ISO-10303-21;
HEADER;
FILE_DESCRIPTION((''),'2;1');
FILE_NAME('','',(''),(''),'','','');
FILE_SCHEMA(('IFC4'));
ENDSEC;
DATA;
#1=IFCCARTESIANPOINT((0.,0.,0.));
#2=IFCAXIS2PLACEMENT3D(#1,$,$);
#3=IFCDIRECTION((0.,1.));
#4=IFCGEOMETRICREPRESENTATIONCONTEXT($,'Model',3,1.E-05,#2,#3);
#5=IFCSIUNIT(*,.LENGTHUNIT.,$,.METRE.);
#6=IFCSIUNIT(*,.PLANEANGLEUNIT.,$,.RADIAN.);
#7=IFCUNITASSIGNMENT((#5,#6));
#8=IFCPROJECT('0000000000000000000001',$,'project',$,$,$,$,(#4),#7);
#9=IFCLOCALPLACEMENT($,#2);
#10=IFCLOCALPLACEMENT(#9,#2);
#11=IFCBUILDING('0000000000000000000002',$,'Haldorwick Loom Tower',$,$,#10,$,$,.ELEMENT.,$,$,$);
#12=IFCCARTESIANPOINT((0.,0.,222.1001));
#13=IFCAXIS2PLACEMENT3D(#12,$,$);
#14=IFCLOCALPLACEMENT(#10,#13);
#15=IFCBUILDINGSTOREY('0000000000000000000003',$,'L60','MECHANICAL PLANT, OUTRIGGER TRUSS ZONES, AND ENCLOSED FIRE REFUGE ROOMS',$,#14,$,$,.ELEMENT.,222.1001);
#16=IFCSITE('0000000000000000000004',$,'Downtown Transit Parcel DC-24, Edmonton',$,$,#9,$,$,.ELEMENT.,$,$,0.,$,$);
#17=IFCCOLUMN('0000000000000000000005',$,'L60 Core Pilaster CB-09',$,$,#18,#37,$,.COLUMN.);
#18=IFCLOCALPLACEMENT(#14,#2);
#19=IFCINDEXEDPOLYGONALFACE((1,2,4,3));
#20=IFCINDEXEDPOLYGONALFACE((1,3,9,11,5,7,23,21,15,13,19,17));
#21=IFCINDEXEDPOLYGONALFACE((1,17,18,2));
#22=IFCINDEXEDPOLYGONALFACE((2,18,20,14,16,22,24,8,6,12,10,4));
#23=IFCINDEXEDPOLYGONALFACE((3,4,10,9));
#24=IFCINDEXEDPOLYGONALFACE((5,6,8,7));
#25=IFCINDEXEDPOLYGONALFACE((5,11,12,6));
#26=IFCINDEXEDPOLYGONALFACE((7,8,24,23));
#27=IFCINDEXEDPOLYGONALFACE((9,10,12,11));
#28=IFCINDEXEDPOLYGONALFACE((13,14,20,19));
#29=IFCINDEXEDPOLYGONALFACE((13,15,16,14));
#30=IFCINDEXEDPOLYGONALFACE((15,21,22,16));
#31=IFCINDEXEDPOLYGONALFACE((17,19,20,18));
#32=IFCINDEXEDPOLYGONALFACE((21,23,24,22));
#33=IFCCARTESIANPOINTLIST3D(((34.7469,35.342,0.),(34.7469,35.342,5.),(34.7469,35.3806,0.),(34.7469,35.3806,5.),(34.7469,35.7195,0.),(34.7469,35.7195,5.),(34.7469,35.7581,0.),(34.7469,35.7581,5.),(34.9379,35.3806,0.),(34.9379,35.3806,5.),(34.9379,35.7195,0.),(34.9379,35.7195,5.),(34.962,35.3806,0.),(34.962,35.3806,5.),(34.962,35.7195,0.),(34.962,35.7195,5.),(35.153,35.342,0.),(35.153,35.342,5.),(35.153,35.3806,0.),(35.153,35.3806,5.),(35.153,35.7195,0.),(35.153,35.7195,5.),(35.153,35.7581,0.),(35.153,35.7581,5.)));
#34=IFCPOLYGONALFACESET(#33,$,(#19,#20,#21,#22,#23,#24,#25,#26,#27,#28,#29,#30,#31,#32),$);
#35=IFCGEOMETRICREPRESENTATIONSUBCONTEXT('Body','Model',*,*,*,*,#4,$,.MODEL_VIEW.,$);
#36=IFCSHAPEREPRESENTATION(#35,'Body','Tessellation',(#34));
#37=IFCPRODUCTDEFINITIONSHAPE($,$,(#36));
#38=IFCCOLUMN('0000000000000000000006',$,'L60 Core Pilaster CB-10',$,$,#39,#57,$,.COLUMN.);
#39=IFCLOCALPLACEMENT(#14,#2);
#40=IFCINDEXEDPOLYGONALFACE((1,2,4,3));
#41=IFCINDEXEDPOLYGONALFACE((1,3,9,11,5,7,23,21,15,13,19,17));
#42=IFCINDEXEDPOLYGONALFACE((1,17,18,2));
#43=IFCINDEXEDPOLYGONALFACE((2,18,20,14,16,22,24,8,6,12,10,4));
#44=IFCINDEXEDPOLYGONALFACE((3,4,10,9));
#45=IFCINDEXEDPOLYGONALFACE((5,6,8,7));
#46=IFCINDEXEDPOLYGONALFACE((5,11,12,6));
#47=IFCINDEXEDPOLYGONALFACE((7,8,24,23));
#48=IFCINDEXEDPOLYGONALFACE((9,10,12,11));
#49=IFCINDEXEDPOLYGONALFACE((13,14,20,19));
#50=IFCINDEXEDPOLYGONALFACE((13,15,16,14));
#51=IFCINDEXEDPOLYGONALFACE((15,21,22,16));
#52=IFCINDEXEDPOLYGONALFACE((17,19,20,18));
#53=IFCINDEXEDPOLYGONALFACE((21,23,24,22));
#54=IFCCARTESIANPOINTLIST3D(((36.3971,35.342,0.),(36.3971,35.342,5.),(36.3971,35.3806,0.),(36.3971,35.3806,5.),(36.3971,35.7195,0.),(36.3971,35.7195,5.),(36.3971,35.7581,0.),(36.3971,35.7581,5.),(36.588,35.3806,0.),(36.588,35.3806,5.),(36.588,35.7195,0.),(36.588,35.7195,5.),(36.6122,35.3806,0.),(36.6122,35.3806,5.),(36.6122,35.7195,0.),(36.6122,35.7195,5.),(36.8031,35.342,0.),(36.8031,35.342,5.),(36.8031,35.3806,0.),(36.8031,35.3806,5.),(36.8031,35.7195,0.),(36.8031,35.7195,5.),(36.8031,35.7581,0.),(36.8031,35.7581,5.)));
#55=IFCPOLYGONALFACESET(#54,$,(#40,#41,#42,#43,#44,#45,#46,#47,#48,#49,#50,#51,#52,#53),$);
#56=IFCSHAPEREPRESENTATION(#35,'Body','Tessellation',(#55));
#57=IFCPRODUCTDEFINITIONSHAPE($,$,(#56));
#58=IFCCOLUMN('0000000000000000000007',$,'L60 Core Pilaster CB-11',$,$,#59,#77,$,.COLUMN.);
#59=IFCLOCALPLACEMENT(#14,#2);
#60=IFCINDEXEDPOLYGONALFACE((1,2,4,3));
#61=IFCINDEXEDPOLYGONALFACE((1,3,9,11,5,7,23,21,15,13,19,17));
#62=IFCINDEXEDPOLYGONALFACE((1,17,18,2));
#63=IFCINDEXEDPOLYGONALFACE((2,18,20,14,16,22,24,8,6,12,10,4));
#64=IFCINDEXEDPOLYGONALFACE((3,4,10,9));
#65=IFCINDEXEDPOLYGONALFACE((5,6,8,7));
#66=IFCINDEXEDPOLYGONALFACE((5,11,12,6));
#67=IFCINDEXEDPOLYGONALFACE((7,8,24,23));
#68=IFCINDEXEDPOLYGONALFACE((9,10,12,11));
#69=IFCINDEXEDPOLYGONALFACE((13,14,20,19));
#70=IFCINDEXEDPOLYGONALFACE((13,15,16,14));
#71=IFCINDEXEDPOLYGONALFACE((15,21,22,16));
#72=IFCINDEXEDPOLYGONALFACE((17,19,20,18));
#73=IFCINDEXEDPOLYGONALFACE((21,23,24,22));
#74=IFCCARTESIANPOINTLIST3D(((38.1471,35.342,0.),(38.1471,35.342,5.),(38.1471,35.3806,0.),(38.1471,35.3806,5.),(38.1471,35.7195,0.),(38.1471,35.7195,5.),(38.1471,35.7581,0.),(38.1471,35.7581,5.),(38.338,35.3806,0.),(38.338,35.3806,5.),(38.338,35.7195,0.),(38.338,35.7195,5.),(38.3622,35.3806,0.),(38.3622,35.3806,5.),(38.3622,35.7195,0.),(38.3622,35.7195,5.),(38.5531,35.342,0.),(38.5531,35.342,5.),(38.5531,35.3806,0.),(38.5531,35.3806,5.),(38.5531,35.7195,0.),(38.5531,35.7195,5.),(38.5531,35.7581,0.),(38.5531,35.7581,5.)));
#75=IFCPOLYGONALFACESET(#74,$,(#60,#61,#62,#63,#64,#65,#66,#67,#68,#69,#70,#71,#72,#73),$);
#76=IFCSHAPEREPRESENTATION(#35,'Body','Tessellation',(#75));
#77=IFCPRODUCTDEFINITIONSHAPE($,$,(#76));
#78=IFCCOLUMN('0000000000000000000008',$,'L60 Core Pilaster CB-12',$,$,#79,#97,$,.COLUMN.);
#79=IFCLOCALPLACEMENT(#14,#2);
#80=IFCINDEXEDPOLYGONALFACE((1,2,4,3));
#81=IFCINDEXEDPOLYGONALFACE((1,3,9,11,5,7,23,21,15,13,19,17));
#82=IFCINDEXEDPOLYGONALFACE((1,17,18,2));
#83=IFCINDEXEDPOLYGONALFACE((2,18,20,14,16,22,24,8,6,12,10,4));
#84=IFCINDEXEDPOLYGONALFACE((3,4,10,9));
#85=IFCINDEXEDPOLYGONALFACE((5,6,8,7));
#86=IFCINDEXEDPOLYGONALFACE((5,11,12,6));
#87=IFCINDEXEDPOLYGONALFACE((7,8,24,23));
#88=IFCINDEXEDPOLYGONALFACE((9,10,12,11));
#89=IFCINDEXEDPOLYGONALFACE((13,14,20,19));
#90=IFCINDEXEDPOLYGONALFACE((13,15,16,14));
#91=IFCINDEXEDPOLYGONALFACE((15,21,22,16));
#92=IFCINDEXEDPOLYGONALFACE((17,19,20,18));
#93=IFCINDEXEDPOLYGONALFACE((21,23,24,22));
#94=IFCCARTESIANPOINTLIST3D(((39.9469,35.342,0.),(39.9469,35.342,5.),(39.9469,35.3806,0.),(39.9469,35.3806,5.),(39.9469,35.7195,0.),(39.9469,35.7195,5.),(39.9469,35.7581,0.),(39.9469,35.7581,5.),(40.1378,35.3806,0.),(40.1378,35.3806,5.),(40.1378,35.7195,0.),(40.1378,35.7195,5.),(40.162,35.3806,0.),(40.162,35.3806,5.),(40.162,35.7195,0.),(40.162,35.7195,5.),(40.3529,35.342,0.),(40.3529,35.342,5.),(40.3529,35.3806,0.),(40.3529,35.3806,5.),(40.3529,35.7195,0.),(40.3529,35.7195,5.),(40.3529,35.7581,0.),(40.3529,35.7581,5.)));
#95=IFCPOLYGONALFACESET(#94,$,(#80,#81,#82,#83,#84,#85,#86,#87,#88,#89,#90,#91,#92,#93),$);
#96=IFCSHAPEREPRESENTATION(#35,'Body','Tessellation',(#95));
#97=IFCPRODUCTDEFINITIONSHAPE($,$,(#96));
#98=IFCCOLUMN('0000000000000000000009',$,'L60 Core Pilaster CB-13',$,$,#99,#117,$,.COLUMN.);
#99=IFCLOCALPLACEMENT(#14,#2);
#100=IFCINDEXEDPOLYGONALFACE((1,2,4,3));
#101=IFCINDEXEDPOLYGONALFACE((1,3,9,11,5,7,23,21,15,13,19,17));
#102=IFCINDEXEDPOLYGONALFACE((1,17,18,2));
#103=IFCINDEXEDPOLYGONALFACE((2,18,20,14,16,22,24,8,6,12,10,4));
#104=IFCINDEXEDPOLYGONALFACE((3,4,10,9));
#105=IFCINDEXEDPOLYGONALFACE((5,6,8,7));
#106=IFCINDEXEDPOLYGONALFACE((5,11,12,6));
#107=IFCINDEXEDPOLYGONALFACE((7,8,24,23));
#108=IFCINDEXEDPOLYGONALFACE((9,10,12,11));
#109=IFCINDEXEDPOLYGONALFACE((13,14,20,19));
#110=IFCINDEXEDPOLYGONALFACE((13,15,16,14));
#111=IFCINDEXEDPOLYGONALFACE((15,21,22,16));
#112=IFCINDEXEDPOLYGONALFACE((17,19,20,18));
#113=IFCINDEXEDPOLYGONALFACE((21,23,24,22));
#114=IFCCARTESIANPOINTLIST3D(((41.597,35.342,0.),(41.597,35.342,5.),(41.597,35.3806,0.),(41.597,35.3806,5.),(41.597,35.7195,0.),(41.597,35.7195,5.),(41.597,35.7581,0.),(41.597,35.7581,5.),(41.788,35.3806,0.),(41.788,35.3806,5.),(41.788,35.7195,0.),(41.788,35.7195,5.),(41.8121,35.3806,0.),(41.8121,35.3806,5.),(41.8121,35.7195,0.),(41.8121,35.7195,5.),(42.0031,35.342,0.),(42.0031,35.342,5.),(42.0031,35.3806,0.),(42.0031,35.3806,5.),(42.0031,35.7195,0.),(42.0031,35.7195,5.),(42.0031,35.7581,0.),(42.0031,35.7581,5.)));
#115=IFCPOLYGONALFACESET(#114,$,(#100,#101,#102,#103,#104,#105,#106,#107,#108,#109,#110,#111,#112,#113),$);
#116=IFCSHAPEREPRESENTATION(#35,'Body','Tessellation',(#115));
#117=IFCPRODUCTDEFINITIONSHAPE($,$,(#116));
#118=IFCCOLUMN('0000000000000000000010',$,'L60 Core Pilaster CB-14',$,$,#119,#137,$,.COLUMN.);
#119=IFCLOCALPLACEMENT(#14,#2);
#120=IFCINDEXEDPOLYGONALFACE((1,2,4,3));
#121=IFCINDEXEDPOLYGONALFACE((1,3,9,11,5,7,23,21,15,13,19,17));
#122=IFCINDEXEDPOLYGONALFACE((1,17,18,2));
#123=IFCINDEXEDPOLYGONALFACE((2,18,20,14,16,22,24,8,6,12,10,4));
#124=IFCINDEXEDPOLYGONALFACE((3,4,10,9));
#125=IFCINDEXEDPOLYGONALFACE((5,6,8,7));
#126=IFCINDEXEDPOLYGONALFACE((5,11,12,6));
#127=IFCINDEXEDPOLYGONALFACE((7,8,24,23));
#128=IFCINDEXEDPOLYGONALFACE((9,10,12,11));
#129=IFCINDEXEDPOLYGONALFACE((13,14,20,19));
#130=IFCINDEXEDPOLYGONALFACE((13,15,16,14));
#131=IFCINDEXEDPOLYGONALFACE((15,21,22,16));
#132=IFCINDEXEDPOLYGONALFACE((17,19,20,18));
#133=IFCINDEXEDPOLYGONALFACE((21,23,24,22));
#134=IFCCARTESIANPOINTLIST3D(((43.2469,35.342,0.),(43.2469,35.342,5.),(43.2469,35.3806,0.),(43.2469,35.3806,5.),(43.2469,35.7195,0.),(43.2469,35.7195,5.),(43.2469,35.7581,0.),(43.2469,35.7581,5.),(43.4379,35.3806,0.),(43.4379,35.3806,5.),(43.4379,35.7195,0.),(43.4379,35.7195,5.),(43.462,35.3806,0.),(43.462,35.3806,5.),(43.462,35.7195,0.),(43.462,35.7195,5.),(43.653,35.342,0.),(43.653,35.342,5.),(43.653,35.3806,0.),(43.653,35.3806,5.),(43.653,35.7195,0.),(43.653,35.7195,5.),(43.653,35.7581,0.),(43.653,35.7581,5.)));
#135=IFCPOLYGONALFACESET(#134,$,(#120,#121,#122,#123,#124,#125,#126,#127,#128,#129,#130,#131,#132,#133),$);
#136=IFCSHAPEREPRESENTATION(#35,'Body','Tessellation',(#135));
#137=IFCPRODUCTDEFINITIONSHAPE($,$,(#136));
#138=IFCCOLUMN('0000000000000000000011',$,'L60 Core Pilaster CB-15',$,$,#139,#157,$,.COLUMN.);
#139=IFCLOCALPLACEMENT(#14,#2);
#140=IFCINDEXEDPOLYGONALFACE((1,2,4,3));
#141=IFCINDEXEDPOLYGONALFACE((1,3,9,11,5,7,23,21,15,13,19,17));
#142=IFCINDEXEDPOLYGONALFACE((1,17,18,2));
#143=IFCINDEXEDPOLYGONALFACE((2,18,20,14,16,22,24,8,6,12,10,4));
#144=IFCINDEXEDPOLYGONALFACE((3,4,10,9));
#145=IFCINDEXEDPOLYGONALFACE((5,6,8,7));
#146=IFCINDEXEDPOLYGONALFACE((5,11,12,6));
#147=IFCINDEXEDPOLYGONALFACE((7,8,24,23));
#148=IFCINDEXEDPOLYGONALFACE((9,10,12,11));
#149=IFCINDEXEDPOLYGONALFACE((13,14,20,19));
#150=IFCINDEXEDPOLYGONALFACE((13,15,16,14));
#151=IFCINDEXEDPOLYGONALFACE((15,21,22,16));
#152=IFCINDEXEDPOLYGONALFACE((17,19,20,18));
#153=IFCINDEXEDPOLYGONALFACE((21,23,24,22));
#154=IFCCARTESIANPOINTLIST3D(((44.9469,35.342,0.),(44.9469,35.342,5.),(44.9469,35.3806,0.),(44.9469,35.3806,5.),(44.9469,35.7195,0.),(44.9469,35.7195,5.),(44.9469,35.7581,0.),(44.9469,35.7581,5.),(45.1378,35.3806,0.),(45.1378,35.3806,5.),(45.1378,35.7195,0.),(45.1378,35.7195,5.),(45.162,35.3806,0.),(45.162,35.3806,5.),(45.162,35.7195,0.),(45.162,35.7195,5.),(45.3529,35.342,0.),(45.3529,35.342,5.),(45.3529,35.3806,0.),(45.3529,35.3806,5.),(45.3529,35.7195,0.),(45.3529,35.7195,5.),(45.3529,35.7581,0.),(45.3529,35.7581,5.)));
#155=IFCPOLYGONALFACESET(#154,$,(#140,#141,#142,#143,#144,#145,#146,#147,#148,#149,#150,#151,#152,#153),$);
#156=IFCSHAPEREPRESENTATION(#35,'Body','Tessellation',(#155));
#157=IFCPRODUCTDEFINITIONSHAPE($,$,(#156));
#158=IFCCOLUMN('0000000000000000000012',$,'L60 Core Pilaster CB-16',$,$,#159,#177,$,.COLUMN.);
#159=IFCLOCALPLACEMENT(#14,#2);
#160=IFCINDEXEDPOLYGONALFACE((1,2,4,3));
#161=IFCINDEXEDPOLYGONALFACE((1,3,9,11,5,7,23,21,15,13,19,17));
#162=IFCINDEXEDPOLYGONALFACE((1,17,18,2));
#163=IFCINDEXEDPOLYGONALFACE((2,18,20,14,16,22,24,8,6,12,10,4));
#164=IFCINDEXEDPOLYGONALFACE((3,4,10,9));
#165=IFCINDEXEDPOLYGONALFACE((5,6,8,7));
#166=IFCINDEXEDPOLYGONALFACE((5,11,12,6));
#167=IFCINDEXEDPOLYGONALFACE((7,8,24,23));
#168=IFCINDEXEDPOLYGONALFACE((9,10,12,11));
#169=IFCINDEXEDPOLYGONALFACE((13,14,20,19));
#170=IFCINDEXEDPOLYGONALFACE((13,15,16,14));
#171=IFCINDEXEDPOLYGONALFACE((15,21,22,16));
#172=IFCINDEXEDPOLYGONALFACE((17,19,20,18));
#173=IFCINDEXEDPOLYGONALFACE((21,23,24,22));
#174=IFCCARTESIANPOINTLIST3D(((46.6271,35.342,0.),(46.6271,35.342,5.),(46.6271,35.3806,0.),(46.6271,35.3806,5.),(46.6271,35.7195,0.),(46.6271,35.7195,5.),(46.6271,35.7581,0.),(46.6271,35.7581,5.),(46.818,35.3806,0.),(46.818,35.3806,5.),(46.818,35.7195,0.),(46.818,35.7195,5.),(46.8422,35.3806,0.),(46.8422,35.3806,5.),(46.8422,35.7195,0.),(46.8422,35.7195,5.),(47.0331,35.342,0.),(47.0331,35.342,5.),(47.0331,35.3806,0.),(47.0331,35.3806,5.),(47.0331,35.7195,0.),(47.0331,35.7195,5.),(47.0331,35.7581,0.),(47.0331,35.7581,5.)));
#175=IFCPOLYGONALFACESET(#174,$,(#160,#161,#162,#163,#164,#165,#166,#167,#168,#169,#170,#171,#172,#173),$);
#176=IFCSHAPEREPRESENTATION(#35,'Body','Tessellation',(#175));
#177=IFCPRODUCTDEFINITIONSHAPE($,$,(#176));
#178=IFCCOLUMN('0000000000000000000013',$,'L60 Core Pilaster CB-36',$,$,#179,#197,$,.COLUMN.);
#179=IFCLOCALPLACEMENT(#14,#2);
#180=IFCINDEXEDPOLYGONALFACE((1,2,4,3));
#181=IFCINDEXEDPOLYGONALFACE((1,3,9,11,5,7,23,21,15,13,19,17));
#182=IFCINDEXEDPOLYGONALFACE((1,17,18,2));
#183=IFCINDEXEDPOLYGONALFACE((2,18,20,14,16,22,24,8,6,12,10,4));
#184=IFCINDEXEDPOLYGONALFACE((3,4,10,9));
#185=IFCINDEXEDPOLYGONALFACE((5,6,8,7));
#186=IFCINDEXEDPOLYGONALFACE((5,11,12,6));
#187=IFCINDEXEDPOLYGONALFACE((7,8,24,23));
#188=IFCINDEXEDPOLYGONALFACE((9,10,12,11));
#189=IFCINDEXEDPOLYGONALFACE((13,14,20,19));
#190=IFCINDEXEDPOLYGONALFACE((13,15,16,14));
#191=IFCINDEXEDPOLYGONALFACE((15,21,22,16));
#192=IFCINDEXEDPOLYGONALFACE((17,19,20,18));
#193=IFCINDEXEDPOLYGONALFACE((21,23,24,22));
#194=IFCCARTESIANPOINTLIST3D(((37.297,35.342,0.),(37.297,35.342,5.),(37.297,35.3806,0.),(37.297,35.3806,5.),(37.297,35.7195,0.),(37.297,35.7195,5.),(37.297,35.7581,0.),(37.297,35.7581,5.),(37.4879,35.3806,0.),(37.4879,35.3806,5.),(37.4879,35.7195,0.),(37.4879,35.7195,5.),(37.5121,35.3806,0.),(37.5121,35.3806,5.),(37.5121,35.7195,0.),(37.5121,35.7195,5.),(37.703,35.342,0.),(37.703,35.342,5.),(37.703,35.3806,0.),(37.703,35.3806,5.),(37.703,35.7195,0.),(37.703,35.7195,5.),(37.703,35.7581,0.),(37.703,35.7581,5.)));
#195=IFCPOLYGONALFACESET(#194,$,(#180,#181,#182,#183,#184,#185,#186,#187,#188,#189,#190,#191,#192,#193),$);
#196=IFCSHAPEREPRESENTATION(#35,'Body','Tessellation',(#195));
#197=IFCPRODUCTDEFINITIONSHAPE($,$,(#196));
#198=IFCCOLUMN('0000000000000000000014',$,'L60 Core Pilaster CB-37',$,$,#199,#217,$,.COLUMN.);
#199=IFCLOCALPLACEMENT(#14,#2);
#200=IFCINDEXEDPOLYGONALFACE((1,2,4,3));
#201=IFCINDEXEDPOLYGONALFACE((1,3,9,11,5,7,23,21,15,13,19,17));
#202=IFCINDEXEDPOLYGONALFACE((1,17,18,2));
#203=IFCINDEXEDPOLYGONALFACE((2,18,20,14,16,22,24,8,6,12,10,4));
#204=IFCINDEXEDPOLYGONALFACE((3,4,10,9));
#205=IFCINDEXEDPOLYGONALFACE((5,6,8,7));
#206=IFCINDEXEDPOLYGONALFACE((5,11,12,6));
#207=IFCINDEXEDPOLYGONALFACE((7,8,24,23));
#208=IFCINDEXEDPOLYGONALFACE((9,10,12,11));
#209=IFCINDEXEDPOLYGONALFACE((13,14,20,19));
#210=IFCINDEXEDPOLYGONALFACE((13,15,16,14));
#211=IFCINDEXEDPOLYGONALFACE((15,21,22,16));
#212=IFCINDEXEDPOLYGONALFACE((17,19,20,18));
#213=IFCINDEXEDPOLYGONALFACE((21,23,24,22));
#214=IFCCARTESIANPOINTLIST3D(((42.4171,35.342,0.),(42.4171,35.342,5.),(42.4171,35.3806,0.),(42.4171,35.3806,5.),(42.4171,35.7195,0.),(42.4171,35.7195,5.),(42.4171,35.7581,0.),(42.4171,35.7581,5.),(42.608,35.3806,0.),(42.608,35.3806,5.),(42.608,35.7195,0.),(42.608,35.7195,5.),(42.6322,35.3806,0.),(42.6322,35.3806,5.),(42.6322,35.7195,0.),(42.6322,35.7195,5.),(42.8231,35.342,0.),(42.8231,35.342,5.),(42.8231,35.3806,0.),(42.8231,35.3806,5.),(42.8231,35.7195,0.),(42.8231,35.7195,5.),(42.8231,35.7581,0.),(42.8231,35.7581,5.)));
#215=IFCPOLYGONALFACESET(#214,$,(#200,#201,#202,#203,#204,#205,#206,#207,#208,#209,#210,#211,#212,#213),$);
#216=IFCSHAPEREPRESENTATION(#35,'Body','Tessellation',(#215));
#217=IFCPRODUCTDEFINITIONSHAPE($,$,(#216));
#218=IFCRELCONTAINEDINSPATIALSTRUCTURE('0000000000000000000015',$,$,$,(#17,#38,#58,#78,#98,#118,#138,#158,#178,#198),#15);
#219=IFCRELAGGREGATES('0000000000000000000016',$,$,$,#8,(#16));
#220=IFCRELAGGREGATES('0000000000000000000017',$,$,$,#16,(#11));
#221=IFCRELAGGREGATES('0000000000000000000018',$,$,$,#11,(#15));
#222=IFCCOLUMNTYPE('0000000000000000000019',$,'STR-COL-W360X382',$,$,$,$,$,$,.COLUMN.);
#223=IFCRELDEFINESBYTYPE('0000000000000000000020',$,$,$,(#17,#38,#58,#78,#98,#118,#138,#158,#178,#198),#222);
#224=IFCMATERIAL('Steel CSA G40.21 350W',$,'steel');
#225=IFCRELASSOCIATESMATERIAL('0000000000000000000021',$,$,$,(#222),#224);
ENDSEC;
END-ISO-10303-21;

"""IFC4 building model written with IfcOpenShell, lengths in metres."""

from ifc_helpers import new_model, si_unit, direction, frame, origin, origin_2d, place, context, subcontext, project, spatial, i_section, extrude, material, material_profile, profile_set, type_object, element, save


model = new_model("IFC4")

# Units and contexts
model_context = context("Model", 3, precision=1e-05, world=origin(), true_north=direction((0.0, 1.0)))
body_context = subcontext(model_context, "Body", "Model", "MODEL_VIEW")
ifc_project = project(units=[si_unit("LENGTHUNIT", "METRE"), si_unit("PLANEANGLEUNIT", "RADIAN")], contexts=[model_context])

# Site, building, storey
site_placement = place(None, origin())
site = spatial("IfcSite", under=ifc_project, at=site_placement, Name="Downtown Transit Parcel DC-24, Edmonton", CompositionType="ELEMENT", RefElevation=0.0)
building_placement = place(site_placement, origin())
building = spatial("IfcBuilding", under=site, at=building_placement, Name="Haldorwick Loom Tower", CompositionType="ELEMENT")
storey_placement = place(building_placement, frame((0.0, 0.0, 222.1001)))
storey = spatial("IfcBuildingStorey", under=building, at=storey_placement, Name="L60", Description="MECHANICAL PLANT, OUTRIGGER TRUSS ZONES, AND ENCLOSED FIRE REFUGE ROOMS", CompositionType="ELEMENT", Elevation=222.1001)

# Columns
ifc_material_1 = material(Name="Steel CSA G40.21 350W", Category="steel")
ifc_material_profile_1 = material_profile(ifc_material_1, i_section(OverallWidth=0.406, OverallDepth=0.416, WebThickness=0.0242, FlangeThickness=0.0386, at=origin_2d()), Name="W360X382", Category="steel")
ifc_profile_set_1 = profile_set([ifc_material_profile_1], Name="Steel CSA G40.21 350W")
column_type = type_object("IfcColumnType", Name="STR-COL-W360X382", PredefinedType="COLUMN", material=ifc_profile_set_1)
for number, where, z_axis, x_axis, name in (
    (1, (34.95, 35.55, 0.0), (0.0, 0.0, 1.0), (1.0, 0.0, 0.0), "L60 Core Pilaster CB-09"),
    (2, (36.6001, 35.55, 0.0), (0.0, 0.0, 1.0), (1.0, 0.0, 0.0), "L60 Core Pilaster CB-10"),
    (3, (38.3501, 35.55, 0.0), (0.0, 0.0, 1.0), (1.0, 0.0, 0.0), "L60 Core Pilaster CB-11"),
    (4, (40.1499, 35.55, 0.0), (0.0, 0.0, 1.0), (1.0, 0.0, 0.0), "L60 Core Pilaster CB-12"),
    (5, (41.8, 35.55, 0.0), (0.0, 0.0, 1.0), (1.0, 0.0, 0.0), "L60 Core Pilaster CB-13"),
    (6, (43.45, 35.55, 0.0), (0.0, 0.0, 1.0), (1.0, 0.0, 0.0), "L60 Core Pilaster CB-14"),
    (7, (45.1499, 35.55, 0.0), (0.0, 0.0, 1.0), (1.0, 0.0, 0.0), "L60 Core Pilaster CB-15"),
    (8, (46.8301, 35.55, 0.0), (0.0, 0.0, 1.0), (1.0, 0.0, 0.0), "L60 Core Pilaster CB-16"),
    (9, (37.5, 35.55, 0.0), (0.0, 0.0, 1.0), (1.0, 0.0, 0.0), "L60 Core Pilaster CB-36"),
    (10, (42.6201, 35.55, 0.0), (0.0, 0.0, 1.0), (1.0, 0.0, 0.0), "L60 Core Pilaster CB-37"),
):
    element("IfcColumn", number, at=place(storey_placement, frame(where, z_axis=z_axis, x_axis=x_axis)), inside=storey, type_object=column_type, Name=name, PredefinedType="COLUMN", context=body_context, shape_type="SweptSolid", body=[
        extrude(i_section(OverallWidth=0.406, OverallDepth=0.416, WebThickness=0.0242, FlangeThickness=0.0386, at=origin_2d()), origin(), (0.0, 0.0, 1.0), 5.0),
    ])

save(model, "model.ifc")
